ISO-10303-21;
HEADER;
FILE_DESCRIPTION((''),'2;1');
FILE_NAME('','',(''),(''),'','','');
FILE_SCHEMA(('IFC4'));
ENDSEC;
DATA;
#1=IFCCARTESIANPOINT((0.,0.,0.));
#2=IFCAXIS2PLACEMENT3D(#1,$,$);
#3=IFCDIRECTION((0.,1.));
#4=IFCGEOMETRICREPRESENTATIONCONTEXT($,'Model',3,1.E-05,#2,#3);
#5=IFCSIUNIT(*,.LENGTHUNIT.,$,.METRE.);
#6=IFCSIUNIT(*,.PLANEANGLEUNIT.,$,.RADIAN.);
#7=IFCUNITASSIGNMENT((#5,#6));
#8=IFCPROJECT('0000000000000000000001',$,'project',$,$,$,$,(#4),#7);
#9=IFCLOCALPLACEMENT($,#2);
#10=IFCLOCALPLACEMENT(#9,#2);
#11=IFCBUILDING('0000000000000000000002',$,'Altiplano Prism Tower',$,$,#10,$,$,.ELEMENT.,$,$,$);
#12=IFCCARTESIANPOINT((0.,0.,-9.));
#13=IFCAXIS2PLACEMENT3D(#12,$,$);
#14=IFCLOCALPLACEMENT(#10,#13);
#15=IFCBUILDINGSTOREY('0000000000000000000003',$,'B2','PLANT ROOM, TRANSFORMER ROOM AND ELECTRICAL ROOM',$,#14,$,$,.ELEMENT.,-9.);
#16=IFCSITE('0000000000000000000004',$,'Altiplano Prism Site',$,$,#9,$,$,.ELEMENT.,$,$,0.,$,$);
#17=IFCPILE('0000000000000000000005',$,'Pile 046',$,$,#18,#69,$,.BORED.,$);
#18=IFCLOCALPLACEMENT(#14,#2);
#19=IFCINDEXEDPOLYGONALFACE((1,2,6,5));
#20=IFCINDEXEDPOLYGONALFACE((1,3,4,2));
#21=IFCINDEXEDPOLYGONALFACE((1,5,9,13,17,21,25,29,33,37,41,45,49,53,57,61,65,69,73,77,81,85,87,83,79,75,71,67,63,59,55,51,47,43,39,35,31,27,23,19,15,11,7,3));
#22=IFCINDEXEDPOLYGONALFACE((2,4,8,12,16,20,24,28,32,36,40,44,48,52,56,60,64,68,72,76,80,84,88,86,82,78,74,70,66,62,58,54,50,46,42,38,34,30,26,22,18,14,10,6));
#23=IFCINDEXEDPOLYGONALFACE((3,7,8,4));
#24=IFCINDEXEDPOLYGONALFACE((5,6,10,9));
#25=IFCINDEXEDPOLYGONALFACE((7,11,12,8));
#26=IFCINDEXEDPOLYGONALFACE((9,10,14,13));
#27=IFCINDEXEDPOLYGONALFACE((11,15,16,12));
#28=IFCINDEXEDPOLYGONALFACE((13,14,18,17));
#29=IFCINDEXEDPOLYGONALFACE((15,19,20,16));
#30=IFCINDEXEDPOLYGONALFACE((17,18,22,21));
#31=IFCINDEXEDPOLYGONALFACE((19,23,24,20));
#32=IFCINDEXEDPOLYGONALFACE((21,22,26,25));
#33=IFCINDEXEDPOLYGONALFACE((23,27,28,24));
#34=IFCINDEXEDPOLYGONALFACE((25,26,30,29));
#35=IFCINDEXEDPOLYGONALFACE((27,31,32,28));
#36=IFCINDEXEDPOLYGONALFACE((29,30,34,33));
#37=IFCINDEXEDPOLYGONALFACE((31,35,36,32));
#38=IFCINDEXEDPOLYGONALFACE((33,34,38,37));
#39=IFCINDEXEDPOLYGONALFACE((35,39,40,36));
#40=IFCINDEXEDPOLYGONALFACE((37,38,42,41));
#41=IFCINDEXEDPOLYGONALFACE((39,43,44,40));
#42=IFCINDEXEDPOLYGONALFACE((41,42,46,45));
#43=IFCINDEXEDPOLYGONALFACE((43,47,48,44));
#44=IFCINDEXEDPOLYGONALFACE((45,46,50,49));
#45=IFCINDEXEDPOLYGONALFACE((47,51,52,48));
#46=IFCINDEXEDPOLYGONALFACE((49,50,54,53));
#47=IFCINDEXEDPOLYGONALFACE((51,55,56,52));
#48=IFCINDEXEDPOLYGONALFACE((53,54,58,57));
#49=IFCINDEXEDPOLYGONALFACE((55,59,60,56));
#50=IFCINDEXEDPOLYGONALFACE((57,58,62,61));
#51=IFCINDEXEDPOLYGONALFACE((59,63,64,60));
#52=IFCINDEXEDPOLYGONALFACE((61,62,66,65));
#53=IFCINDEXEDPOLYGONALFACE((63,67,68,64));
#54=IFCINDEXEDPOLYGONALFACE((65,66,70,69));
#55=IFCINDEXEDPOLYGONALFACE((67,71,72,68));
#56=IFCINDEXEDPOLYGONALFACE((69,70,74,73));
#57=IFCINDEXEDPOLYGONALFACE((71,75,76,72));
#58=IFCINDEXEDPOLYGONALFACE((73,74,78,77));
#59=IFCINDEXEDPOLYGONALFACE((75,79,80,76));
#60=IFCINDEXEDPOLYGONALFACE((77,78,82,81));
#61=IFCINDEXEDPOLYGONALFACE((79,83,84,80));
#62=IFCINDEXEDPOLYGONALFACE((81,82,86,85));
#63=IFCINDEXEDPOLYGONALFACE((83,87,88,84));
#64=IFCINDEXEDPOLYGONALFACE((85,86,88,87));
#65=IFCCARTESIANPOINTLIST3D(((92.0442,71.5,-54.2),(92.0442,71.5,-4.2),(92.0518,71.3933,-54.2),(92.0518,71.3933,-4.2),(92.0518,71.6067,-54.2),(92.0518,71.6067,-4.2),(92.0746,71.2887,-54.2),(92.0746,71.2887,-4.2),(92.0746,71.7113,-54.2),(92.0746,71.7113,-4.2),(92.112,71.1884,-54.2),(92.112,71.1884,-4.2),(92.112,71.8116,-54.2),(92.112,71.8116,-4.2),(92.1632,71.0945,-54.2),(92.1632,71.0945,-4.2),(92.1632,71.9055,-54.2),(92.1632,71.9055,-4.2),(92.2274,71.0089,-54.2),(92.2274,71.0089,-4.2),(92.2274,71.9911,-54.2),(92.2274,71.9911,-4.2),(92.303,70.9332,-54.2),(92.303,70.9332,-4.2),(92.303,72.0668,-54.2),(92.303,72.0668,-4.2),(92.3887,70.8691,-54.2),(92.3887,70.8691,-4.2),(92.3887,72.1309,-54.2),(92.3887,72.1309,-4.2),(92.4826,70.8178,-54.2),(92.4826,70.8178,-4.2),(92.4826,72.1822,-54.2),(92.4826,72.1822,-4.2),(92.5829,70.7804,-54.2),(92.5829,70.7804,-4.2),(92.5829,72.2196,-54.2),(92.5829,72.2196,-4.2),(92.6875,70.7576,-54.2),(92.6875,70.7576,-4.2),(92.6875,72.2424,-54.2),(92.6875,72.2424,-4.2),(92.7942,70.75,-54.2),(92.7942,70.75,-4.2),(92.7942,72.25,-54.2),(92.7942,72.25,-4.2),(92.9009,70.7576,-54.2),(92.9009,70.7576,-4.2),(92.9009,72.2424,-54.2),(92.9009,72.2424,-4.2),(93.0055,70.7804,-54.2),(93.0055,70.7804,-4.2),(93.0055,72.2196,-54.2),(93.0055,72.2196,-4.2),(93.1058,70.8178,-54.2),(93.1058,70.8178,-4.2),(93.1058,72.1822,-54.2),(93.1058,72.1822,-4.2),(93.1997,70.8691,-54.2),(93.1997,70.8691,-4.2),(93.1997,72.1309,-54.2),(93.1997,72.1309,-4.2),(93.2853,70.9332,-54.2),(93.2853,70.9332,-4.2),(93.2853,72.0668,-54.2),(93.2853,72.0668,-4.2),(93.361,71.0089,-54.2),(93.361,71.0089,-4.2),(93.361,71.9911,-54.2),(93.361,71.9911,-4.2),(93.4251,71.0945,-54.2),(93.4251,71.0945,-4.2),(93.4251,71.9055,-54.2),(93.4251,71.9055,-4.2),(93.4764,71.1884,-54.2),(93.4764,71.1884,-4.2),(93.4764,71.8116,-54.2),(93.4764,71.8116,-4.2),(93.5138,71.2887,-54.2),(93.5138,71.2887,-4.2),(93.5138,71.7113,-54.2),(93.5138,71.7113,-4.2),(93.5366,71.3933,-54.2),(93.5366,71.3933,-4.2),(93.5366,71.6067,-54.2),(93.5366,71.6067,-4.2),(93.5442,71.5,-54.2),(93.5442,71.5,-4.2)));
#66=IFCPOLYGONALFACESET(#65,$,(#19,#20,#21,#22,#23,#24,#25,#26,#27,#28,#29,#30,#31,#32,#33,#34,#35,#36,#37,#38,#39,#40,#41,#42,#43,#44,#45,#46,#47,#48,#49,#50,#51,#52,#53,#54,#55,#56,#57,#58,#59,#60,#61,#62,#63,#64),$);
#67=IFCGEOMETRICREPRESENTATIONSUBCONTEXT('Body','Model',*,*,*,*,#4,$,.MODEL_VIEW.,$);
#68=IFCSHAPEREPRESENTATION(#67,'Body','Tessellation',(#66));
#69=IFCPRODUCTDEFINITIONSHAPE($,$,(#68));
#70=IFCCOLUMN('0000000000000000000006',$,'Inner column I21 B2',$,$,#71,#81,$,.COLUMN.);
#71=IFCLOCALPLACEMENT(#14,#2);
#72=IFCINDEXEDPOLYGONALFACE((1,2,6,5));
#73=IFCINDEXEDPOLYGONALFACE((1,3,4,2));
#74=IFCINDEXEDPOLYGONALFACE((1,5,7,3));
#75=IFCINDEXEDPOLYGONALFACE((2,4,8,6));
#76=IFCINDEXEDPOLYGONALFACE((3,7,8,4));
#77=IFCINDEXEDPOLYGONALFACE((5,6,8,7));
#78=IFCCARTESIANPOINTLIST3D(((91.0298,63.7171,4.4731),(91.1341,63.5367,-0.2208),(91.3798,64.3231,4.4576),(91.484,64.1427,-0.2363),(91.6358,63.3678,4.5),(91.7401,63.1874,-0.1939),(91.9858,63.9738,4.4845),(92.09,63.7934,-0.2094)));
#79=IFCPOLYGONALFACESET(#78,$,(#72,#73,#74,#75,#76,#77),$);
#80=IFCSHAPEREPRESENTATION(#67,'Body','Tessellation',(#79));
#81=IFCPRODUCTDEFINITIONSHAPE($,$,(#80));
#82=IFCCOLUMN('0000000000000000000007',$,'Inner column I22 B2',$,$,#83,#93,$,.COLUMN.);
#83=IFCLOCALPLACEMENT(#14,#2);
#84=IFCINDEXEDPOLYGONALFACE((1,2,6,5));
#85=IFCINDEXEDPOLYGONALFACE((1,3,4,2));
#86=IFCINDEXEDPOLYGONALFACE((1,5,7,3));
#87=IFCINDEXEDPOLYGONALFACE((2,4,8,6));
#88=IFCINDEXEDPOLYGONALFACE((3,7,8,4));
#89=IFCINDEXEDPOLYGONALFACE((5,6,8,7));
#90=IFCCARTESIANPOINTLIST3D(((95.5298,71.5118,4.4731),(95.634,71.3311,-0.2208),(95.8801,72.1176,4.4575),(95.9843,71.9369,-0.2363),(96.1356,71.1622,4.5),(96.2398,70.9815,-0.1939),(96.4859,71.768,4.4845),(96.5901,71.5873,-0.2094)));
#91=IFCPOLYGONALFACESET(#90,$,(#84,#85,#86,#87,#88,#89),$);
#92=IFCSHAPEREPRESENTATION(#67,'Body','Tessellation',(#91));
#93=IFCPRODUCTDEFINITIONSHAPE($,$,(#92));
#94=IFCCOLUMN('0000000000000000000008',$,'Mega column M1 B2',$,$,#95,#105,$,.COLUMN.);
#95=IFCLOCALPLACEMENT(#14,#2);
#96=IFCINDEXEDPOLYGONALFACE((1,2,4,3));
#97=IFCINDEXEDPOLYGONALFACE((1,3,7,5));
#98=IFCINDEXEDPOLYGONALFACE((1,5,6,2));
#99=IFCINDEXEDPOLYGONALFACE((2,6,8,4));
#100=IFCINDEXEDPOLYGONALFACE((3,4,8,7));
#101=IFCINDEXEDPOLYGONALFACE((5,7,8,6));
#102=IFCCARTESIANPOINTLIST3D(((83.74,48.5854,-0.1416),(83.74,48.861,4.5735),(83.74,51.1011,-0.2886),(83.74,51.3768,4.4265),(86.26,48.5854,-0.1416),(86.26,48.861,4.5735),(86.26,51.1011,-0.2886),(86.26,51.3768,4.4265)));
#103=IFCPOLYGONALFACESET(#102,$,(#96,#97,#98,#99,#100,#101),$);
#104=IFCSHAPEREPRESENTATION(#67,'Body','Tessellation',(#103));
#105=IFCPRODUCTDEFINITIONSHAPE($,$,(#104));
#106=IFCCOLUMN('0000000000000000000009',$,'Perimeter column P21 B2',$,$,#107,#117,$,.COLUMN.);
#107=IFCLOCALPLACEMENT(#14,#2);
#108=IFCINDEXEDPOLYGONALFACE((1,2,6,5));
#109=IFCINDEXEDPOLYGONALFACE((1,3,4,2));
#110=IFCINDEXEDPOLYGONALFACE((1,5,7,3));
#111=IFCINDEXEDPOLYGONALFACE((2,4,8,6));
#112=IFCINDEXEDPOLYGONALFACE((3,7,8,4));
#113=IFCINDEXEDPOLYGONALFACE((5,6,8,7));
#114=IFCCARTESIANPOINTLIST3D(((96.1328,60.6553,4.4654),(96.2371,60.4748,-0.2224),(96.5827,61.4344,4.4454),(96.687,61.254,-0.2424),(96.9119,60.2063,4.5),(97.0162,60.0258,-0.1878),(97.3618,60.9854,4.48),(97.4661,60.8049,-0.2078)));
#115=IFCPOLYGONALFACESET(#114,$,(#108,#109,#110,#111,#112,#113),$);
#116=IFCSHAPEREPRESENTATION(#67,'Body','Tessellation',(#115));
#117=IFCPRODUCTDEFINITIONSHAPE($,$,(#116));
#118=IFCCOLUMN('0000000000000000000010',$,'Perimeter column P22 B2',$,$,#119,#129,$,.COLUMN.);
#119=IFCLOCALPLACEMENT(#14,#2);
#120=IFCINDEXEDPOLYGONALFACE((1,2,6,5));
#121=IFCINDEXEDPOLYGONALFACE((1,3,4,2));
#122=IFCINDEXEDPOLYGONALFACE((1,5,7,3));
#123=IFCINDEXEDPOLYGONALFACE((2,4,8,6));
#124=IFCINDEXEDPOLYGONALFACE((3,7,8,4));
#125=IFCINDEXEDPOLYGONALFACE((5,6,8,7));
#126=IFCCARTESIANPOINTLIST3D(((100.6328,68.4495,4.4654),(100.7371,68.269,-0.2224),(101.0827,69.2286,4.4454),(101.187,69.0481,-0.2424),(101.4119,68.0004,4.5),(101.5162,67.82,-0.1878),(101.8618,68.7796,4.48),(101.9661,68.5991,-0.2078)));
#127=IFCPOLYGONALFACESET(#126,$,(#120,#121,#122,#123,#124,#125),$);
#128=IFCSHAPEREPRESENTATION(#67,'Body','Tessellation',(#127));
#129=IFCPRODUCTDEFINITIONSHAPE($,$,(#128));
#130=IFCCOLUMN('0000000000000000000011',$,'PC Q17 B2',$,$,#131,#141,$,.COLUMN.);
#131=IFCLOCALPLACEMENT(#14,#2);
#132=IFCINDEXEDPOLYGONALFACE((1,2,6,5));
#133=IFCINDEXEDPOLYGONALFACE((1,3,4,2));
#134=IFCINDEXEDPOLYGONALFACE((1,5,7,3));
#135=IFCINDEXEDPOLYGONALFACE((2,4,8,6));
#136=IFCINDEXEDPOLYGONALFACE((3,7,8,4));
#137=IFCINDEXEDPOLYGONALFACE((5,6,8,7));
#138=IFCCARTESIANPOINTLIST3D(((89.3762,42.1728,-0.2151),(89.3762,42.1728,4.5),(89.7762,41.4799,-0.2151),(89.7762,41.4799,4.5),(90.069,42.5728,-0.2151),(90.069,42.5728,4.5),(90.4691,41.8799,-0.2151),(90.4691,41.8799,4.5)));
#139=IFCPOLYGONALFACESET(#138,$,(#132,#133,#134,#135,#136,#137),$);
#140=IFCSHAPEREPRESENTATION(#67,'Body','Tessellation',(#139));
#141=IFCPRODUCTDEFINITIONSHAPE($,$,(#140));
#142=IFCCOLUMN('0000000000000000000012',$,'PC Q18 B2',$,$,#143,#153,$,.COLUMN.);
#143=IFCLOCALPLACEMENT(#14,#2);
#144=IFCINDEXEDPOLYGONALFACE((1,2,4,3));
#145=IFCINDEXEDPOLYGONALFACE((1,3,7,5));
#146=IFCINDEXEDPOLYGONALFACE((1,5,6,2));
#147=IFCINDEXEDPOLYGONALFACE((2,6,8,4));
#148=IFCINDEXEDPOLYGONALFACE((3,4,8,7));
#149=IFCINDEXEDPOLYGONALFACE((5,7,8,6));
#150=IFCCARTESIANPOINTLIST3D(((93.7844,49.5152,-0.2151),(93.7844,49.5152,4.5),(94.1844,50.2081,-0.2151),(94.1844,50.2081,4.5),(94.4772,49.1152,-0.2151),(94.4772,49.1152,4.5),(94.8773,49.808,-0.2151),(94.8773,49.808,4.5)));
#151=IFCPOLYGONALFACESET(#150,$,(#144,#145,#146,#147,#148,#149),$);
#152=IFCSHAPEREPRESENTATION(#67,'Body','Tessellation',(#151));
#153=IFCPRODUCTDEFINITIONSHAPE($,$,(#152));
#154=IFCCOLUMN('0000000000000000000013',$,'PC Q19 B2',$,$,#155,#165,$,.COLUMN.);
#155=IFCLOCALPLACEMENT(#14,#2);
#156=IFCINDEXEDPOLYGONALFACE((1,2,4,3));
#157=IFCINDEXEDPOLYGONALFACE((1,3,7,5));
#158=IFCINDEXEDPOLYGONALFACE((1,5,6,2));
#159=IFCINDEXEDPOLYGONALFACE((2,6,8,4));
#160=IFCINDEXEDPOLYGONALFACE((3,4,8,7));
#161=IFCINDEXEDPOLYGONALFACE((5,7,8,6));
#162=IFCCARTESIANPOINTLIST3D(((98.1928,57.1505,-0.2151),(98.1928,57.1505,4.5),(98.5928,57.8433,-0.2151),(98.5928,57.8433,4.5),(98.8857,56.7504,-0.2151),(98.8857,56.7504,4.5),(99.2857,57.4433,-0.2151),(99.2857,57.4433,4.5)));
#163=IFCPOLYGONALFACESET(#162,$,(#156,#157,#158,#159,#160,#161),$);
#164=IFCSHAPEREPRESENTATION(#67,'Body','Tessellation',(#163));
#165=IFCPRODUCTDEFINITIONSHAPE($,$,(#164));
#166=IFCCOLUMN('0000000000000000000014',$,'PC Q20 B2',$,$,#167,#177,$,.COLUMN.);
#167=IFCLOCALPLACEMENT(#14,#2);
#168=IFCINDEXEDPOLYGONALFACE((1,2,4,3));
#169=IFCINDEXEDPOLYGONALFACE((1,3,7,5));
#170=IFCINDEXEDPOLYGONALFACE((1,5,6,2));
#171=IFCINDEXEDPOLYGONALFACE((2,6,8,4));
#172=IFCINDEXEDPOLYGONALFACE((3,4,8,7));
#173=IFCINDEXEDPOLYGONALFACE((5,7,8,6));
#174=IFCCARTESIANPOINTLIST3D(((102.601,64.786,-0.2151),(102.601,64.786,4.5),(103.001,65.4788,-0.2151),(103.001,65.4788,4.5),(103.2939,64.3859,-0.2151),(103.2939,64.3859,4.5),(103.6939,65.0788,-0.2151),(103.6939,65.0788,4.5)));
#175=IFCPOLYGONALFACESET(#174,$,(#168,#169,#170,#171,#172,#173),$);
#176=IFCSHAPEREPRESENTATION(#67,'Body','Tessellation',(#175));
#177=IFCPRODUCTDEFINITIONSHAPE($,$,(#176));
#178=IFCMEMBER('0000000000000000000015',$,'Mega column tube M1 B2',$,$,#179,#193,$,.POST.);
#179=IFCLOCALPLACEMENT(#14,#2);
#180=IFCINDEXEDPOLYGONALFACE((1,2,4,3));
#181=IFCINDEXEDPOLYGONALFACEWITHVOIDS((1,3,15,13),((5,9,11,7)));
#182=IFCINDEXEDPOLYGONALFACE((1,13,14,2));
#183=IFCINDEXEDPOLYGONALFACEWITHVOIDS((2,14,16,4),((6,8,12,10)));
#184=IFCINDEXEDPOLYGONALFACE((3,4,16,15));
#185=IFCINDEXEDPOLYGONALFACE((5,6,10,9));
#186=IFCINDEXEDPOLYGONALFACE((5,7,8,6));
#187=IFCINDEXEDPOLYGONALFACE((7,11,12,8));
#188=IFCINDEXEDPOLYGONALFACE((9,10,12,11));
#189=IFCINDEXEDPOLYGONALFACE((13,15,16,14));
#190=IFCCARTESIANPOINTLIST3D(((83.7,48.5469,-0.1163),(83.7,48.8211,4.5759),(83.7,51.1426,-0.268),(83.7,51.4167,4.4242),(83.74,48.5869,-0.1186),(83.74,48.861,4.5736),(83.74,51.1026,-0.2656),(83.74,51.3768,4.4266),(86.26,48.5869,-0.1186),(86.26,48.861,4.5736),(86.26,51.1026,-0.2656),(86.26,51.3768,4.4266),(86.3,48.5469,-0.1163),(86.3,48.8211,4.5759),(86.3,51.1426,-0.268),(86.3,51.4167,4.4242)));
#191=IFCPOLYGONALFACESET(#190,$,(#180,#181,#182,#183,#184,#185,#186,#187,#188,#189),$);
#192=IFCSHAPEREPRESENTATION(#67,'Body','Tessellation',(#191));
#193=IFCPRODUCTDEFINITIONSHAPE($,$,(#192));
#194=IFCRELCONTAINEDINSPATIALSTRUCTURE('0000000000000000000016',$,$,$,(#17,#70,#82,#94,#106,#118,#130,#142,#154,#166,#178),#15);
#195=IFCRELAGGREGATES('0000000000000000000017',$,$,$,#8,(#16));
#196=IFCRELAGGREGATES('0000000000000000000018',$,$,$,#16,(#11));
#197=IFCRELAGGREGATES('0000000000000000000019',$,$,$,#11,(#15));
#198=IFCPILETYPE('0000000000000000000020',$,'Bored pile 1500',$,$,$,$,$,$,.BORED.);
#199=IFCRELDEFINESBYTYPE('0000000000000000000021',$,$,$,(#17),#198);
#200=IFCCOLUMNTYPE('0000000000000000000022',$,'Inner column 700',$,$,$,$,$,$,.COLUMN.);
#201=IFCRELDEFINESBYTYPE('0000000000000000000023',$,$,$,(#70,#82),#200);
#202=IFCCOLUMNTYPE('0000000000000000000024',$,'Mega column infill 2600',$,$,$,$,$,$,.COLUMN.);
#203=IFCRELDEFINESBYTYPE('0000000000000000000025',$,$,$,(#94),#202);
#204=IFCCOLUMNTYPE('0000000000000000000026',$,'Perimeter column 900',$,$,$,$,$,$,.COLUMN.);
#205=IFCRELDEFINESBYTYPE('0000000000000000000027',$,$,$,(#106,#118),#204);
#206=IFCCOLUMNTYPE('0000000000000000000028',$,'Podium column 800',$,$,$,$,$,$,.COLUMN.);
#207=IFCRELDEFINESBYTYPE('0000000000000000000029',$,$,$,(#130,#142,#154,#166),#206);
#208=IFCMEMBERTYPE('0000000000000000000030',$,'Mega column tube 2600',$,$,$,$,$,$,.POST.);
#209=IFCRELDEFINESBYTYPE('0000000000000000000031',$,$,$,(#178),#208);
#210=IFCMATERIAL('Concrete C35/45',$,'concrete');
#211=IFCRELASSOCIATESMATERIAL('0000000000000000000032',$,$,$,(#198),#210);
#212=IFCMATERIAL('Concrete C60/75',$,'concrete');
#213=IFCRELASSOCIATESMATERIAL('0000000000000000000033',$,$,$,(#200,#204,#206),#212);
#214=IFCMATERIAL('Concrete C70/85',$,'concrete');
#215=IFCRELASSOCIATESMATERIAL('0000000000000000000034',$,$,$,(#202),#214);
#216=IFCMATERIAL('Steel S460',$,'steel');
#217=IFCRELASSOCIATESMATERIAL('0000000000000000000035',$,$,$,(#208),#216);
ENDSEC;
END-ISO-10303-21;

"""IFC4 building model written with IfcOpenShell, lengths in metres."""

from ifc_helpers import new_model, si_unit, direction, frame, origin, origin_2d, place, context, subcontext, project, spatial, rectangle, hollow_rectangle, circle, extrude, material, material_profile, profile_set, type_object, element, save


model = new_model("IFC4")

# Units and contexts
model_context = context("Model", 3, precision=1e-05, world=origin(), true_north=direction((0.0, 1.0)))
body_context = subcontext(model_context, "Body", "Model", "MODEL_VIEW")
ifc_project = project(units=[si_unit("LENGTHUNIT", "METRE"), si_unit("PLANEANGLEUNIT", "RADIAN")], contexts=[model_context])

# Site, building, storey
site_placement = place(None, origin())
site = spatial("IfcSite", under=ifc_project, at=site_placement, Name="Altiplano Prism Site", CompositionType="ELEMENT", RefElevation=0.0)
building_placement = place(site_placement, origin())
building = spatial("IfcBuilding", under=site, at=building_placement, Name="Altiplano Prism Tower", CompositionType="ELEMENT")
storey_placement = place(building_placement, frame((0.0, 0.0, -9.0)))
storey = spatial("IfcBuildingStorey", under=building, at=storey_placement, Name="B2", Description="PLANT ROOM, TRANSFORMER ROOM AND ELECTRICAL ROOM", CompositionType="ELEMENT", Elevation=-9.0)

# Pile
ifc_material_1 = material(Name="Concrete C35/45", Category="concrete")
ifc_material_profile_1 = material_profile(ifc_material_1, circle(Radius=0.75, at=origin_2d()), Name="Bored pile 1500")
ifc_profile_set_1 = profile_set([ifc_material_profile_1], Name="Concrete C35/45")
pile_type = type_object("IfcPileType", Name="Bored pile 1500", PredefinedType="BORED", material=ifc_profile_set_1)
for number, where, z_axis, x_axis, name in (
    (1, (92.7942, 71.5, -4.2), (0.0, 0.0, -1.0), (1.0, 0.0, 0.0), "Pile 046"),
):
    element("IfcPile", number, at=place(storey_placement, frame(where, z_axis=z_axis, x_axis=x_axis)), inside=storey, type_object=pile_type, Name=name, PredefinedType="BORED", context=body_context, shape_type="SweptSolid", body=[
        extrude(circle(Radius=0.75, at=origin_2d()), origin(), (0.0, 0.0, 1.0), 50.0),
    ])

# Columns
ifc_material_2 = material(Name="Concrete C60/75", Category="concrete")
ifc_material_profile_2 = material_profile(ifc_material_2, rectangle(XDim=0.7, YDim=0.7, at=origin_2d()), Name="Inner column 700")
ifc_profile_set_2 = profile_set([ifc_material_profile_2], Name="Concrete C60/75")
column_type_1 = type_object("IfcColumnType", Name="Inner column 700", PredefinedType="COLUMN", material=ifc_profile_set_2)
for number, where, z_axis, x_axis, name in (
    (2, (91.6121, 63.665, -0.2151), (-0.022188, 0.0384, 0.999016), (-0.499946, -0.865772, 0.022175), "Inner column I21 B2"),
    (3, (96.1121, 71.4592, -0.2151), (-0.022188, 0.038452, 0.999014), (-0.500452, -0.86548, 0.022197), "Inner column I22 B2"),
):
    element("IfcColumn", number, at=place(storey_placement, frame(where, z_axis=z_axis, x_axis=x_axis)), inside=storey, type_object=column_type_1, Name=name, PredefinedType="COLUMN", context=body_context, shape_type="SweptSolid", body=[
        extrude(rectangle(XDim=0.7, YDim=0.7, at=origin_2d()), origin(), (0.0, 0.0, 1.0), 4.6985),
    ])
ifc_material_3 = material(Name="Concrete C70/85", Category="concrete")
ifc_material_profile_3 = material_profile(ifc_material_3, rectangle(XDim=2.52, YDim=2.52, at=origin_2d()), Name="Mega column infill 2600")
ifc_profile_set_3 = profile_set([ifc_material_profile_3], Name="Concrete C70/85")
column_type_2 = type_object("IfcColumnType", Name="Mega column infill 2600", PredefinedType="COLUMN", material=ifc_profile_set_3)
column_placement = place(storey_placement, frame((85.0, 49.8433, -0.2151), z_axis=(0.0, 0.058358, 0.998296), x_axis=(-1.0, 0.0, 0.0)))
element("IfcColumn", 4, at=column_placement, inside=storey, type_object=column_type_2, Name="Mega column M1 B2", PredefinedType="COLUMN", context=body_context, shape_type="SweptSolid", body=[
    extrude(rectangle(XDim=2.52, YDim=2.52, at=origin_2d()), origin(), (0.0, 0.0, 1.0), 4.7231),
])
ifc_material_profile_4 = material_profile(ifc_material_2, rectangle(XDim=0.8999, YDim=0.8999, at=origin_2d()), Name="Perimeter column 900")
ifc_profile_set_4 = profile_set([ifc_material_profile_4], Name="Concrete C60/75")
column_type_3 = type_object("IfcColumnType", Name="Perimeter column 900", PredefinedType="COLUMN", material=ifc_profile_set_4)
for number, where, z_axis, x_axis, name in (
    (5, (96.8516, 60.6399, -0.2151), (-0.022216, 0.03845, 0.999014), (-0.499947, -0.865771, 0.022203), "Perimeter column P21 B2"),
    (6, (101.3516, 68.4341, -0.2151), (-0.022216, 0.03845, 0.999014), (-0.499945, -0.865773, 0.022204), "Perimeter column P22 B2"),
):
    element("IfcColumn", number, at=place(storey_placement, frame(where, z_axis=z_axis, x_axis=x_axis)), inside=storey, type_object=column_type_3, Name=name, PredefinedType="COLUMN", context=body_context, shape_type="SweptSolid", body=[
        extrude(rectangle(XDim=0.8999, YDim=0.8999, at=origin_2d()), origin(), (0.0, 0.0, 1.0), 4.6924),
    ])
ifc_material_profile_5 = material_profile(ifc_material_2, rectangle(XDim=0.8, YDim=0.8, at=origin_2d()), Name="Podium column 800")
ifc_profile_set_5 = profile_set([ifc_material_profile_5], Name="Concrete C60/75")
column_type_4 = type_object("IfcColumnType", Name="Podium column 800", PredefinedType="COLUMN", material=ifc_profile_set_5)
for number, where, z_axis, x_axis, name in (
    (7, (89.9226, 42.0264, -0.2151), (0.0, 0.0, 1.0), (0.866025, 0.5, 0.0), "PC Q17 B2"),
    (8, (94.3308, 49.6616, -0.2151), (0.0, 0.0, 1.0), (0.5, 0.866025, 0.0), "PC Q18 B2"),
    (9, (98.7393, 57.2969, -0.2151), (0.0, 0.0, 1.0), (0.5, 0.866025, 0.0), "PC Q19 B2"),
    (10, (103.1475, 64.9324, -0.2151), (0.0, 0.0, 1.0), (0.5, 0.866025, 0.0), "PC Q20 B2"),
):
    element("IfcColumn", number, at=place(storey_placement, frame(where, z_axis=z_axis, x_axis=x_axis)), inside=storey, type_object=column_type_4, Name=name, PredefinedType="COLUMN", context=body_context, shape_type="SweptSolid", body=[
        extrude(rectangle(XDim=0.8, YDim=0.8, at=origin_2d()), origin(), (0.0, 0.0, 1.0), 4.7151),
    ])

# Member
ifc_material_4 = material(Name="Steel S460", Category="steel")
ifc_material_profile_6 = material_profile(ifc_material_4, hollow_rectangle(XDim=2.6001, YDim=2.6001, WallThickness=0.04, at=origin_2d()), Name="Mega column tube 2600")
ifc_profile_set_6 = profile_set([ifc_material_profile_6], Name="Steel S460")
member_type = type_object("IfcMemberType", Name="Mega column tube 2600", PredefinedType="POST", material=ifc_profile_set_6)
member_placement = place(storey_placement, frame((85.0, 49.8447, -0.1921), z_axis=(0.0, 0.058332, 0.998297), x_axis=(-1.0, 0.0, 0.0)))
element("IfcMember", 11, at=member_placement, inside=storey, type_object=member_type, Name="Mega column tube M1 B2", PredefinedType="POST", context=body_context, shape_type="SweptSolid", body=[
    extrude(hollow_rectangle(XDim=2.6001, YDim=2.6001, WallThickness=0.04, at=origin_2d()), origin(), (0.0, 0.0, 1.0), 4.7002),
])

save(model, "model.ifc")
